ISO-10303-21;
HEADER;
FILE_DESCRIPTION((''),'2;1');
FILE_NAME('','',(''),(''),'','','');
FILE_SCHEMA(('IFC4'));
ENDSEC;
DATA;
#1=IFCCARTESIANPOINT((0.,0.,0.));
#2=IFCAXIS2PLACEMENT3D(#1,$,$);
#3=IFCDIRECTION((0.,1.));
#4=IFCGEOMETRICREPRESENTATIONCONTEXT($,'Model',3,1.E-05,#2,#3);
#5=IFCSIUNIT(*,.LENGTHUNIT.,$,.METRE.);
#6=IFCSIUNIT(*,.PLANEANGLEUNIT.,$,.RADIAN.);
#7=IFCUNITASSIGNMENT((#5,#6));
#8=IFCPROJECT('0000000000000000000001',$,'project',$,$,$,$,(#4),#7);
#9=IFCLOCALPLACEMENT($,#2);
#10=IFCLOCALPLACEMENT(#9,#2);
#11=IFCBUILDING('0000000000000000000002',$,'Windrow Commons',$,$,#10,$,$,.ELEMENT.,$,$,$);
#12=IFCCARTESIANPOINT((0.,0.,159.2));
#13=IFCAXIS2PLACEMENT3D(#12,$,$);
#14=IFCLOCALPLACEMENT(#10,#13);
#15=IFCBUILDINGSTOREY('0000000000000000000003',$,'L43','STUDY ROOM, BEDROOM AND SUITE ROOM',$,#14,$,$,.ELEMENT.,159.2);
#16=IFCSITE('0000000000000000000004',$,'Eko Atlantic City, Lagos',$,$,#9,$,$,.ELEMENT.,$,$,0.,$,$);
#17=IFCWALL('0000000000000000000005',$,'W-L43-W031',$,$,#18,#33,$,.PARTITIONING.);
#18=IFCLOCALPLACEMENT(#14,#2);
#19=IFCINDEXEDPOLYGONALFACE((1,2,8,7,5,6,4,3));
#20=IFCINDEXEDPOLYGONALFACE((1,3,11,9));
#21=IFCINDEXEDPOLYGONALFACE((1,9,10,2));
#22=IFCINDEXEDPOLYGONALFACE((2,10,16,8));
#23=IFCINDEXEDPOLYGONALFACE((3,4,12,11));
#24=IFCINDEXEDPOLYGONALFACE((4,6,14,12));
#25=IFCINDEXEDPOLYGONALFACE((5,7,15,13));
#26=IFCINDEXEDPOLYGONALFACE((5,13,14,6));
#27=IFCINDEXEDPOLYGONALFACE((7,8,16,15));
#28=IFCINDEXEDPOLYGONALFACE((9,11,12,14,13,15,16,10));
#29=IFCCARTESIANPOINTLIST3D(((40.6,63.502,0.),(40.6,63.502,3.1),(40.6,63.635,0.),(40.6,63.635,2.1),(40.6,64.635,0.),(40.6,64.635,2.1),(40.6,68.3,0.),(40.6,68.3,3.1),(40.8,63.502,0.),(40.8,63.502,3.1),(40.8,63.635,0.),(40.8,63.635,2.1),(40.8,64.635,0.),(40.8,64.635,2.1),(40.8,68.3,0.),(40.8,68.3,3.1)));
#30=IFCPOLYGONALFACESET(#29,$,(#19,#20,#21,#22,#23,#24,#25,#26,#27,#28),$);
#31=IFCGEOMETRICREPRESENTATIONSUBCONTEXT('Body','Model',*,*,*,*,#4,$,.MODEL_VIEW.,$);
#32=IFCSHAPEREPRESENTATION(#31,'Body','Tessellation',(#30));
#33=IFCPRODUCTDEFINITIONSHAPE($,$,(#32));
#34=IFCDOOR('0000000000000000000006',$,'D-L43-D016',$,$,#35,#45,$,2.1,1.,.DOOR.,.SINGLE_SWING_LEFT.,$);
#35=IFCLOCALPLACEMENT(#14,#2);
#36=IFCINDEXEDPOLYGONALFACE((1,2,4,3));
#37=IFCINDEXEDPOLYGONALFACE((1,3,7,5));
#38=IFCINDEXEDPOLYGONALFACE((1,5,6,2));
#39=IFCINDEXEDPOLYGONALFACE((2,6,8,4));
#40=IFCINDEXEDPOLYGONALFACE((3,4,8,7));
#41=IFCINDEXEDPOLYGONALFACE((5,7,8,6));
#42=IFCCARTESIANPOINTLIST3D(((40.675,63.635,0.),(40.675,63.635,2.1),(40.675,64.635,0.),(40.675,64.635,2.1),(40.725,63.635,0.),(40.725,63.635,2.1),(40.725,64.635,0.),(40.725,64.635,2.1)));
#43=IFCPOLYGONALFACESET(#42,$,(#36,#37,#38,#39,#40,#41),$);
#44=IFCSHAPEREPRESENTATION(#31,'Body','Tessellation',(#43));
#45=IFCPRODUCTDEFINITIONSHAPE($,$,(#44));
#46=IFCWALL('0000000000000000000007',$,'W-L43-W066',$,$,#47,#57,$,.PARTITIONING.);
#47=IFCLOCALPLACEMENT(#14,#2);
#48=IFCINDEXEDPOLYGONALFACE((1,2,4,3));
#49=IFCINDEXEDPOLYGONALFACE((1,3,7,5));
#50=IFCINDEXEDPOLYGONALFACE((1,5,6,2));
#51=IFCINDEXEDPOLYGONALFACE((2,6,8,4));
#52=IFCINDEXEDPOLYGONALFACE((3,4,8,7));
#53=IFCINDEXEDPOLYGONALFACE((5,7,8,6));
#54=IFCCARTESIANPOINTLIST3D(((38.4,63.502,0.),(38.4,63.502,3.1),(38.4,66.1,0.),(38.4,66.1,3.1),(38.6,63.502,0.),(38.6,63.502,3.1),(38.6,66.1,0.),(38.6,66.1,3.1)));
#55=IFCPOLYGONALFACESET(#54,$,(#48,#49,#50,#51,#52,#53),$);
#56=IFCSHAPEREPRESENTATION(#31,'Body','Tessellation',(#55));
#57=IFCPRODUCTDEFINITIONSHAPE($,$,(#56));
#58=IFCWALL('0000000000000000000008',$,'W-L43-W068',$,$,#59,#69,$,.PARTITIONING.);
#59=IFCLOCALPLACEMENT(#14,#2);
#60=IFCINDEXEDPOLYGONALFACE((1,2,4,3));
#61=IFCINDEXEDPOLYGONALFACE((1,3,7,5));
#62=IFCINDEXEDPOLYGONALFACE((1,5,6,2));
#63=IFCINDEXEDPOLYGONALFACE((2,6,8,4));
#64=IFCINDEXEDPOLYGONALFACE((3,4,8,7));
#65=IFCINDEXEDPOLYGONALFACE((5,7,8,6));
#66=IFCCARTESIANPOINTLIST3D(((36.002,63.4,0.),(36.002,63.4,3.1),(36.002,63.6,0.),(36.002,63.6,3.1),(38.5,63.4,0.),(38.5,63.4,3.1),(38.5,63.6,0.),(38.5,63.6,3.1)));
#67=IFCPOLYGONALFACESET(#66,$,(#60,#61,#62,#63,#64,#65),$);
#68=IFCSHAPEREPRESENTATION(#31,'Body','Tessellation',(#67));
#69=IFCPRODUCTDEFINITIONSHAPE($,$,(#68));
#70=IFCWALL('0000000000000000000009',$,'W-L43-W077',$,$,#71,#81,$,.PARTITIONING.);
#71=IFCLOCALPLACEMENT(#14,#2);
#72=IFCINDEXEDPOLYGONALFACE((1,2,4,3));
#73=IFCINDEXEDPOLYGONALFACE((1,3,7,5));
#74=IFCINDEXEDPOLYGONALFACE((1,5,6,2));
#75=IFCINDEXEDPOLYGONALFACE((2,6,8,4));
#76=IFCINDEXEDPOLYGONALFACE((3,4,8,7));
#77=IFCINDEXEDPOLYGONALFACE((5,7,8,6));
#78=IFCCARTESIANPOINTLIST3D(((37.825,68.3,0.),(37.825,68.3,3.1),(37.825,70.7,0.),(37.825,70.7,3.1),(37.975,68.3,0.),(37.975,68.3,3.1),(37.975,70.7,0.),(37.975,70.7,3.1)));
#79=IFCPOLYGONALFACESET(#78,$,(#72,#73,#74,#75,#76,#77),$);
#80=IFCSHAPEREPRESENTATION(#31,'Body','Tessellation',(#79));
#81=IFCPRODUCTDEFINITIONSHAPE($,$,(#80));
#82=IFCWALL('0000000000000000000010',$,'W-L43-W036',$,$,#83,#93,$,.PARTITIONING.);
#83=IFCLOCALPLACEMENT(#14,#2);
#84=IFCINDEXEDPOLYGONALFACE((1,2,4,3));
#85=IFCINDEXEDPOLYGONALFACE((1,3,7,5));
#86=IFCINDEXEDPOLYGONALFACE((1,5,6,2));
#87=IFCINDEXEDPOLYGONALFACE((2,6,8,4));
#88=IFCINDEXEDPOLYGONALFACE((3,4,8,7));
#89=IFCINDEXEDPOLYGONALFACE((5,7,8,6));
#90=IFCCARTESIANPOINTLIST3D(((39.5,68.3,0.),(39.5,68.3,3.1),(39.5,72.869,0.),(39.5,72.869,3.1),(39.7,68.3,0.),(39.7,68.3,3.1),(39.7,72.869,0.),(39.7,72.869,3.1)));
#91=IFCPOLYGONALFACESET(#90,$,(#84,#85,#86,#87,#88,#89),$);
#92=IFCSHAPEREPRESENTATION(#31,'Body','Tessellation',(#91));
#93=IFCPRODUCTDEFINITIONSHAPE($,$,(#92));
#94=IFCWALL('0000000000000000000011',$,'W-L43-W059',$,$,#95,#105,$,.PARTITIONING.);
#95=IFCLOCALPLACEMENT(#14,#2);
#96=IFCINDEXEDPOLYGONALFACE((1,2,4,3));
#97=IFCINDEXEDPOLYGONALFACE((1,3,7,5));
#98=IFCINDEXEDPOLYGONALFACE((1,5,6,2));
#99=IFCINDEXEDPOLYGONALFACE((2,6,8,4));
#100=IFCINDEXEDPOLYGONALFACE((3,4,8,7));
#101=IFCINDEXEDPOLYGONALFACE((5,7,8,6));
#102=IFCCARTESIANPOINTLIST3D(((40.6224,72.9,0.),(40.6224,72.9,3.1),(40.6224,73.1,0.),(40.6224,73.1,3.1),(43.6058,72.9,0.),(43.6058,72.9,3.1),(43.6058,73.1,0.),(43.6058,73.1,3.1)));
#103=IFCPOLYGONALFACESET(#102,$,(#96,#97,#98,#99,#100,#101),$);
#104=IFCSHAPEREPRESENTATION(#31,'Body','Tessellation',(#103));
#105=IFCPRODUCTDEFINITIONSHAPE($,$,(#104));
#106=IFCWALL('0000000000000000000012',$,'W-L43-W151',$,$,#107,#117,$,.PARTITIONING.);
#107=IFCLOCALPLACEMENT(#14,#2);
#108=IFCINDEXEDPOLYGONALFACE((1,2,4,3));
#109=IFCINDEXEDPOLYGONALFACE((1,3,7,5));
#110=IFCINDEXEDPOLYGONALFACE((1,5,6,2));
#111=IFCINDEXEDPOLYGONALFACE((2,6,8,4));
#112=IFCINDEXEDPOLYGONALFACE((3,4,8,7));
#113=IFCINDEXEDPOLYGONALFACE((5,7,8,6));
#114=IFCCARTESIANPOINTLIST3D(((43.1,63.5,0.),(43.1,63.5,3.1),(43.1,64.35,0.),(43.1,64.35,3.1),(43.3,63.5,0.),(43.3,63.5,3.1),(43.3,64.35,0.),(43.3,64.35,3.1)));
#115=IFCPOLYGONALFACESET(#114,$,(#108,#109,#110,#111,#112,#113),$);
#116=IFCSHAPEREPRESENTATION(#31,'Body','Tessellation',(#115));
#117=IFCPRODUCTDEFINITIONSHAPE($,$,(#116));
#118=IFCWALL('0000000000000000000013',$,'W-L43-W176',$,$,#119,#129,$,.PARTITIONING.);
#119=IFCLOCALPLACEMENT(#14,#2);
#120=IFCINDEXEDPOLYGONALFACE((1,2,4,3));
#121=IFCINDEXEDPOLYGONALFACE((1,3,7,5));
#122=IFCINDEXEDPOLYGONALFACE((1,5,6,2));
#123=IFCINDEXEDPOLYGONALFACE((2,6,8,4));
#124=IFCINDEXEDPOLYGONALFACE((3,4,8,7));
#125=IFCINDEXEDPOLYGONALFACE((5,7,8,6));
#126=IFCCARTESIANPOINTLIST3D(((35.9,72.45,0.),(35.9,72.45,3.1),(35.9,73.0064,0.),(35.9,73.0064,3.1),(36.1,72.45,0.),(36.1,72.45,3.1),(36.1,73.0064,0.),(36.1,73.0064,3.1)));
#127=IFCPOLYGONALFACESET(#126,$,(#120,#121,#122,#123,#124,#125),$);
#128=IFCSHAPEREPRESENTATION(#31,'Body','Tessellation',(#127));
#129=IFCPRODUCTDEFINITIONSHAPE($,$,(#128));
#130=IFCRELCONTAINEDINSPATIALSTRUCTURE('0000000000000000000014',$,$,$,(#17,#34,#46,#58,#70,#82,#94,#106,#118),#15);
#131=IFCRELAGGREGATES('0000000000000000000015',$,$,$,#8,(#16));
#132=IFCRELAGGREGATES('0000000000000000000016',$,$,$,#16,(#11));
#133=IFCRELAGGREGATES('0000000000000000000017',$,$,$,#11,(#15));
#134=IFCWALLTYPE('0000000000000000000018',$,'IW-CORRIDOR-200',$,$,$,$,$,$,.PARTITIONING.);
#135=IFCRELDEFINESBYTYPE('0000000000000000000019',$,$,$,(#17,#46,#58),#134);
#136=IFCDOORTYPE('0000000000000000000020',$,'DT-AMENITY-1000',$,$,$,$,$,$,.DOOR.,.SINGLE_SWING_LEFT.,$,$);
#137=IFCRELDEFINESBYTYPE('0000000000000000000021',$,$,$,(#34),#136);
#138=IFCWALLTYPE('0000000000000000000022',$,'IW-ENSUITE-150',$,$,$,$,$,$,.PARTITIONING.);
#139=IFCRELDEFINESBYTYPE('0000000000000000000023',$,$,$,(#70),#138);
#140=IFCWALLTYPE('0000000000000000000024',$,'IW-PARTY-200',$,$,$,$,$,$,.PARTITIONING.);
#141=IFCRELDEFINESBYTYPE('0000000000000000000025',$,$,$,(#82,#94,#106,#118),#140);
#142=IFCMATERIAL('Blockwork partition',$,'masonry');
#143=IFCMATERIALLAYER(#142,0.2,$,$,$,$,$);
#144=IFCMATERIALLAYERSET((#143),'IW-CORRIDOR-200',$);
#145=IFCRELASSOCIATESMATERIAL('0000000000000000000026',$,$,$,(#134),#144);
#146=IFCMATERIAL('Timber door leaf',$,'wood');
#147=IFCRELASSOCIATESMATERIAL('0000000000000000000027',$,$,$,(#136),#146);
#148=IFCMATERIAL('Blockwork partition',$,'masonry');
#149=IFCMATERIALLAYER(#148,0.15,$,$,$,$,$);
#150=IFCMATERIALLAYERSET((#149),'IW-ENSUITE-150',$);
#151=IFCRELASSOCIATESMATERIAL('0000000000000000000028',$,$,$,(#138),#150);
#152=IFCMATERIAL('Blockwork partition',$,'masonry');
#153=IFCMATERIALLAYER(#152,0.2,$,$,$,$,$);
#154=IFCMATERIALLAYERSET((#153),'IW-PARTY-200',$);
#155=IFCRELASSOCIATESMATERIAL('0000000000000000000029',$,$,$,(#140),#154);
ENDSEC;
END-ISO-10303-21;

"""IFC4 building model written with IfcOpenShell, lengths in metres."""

from ifc_helpers import new_model, si_unit, direction, frame, frame_2d, origin, place, context, subcontext, project, spatial, rectangle, extrude, material, layer, layer_set, type_object, element, fill, save


model = new_model("IFC4")

# Units and contexts
model_context = context("Model", 3, precision=1e-05, world=origin(), true_north=direction((0.0, 1.0)))
body_context = subcontext(model_context, "Body", "Model", "MODEL_VIEW")
ifc_project = project(units=[si_unit("LENGTHUNIT", "METRE"), si_unit("PLANEANGLEUNIT", "RADIAN")], contexts=[model_context])

# Site, building, storey
site_placement = place(None, origin())
site = spatial("IfcSite", under=ifc_project, at=site_placement, Name="Eko Atlantic City, Lagos", CompositionType="ELEMENT", RefElevation=0.0)
building_placement = place(site_placement, origin())
building = spatial("IfcBuilding", under=site, at=building_placement, Name="Windrow Commons", CompositionType="ELEMENT")
storey_placement = place(building_placement, frame((0.0, 0.0, 159.2)))
storey = spatial("IfcBuildingStorey", under=building, at=storey_placement, Name="L43", Description="STUDY ROOM, BEDROOM AND SUITE ROOM", CompositionType="ELEMENT", Elevation=159.2)

# Shared definitions
ifc_material_1 = material(Name="Blockwork partition", Category="masonry")
ifc_layer_1 = layer(ifc_material_1, 0.2)
ifc_layer_set_1 = layer_set([ifc_layer_1], Name="IW-CORRIDOR-200")
wall_type_1 = type_object("IfcWallType", Name="IW-CORRIDOR-200", PredefinedType="PARTITIONING", material=ifc_layer_set_1)

# Wall, opening, door
wall_1_placement = place(storey_placement, frame((40.7, 63.502, 0.0), z_axis=(0.0, 0.0, 1.0), x_axis=(0.0, 1.0, 0.0)))
wall_1 = element("IfcWall", 1, at=wall_1_placement, inside=storey, type_object=wall_type_1, Name="W-L43-W031", PredefinedType="PARTITIONING", context=body_context, shape_type="SweptSolid", body=[
    extrude(rectangle(XDim=4.798, YDim=0.2, at=frame_2d((2.399, 0.0))), origin(), (0.0, 0.0, 1.0), 3.1),
])
opening_1_placement = place(wall_1_placement, frame((0.133, 0.0, 0.0)))
opening_1 = element("IfcOpeningElement", 2, at=opening_1_placement, cuts=wall_1, PredefinedType="OPENING", context=body_context, shape_type="SweptSolid", body=[
    extrude(rectangle(XDim=1.0, YDim=2.1, at=frame_2d((0.5, 1.05))), frame((0.0, 0.11, 0.0), z_axis=(0.0, -1.0, 0.0), x_axis=(1.0, 0.0, 0.0)), (0.0, 0.0, 1.0), 0.22),
])
ifc_material_2 = material(Name="Timber door leaf", Category="wood")
door_type_1 = type_object("IfcDoorType", Name="DT-AMENITY-1000", OperationType="SINGLE_SWING_LEFT", PredefinedType="DOOR", material=ifc_material_2)
door_1_placement = place(opening_1_placement, origin())
door_1 = element("IfcDoor", 3, at=door_1_placement, inside=storey, type_object=door_type_1, Name="D-L43-D016", OperationType="SINGLE_SWING_LEFT", OverallHeight=2.1, OverallWidth=1.0, PredefinedType="DOOR", context=body_context, shape_type="SweptSolid", body=[
    extrude(rectangle(XDim=1.0, YDim=2.1, at=frame_2d((0.5, 1.05))), frame((0.0, 0.025, 0.0), z_axis=(0.0, -1.0, 0.0), x_axis=(1.0, 0.0, 0.0)), (0.0, 0.0, 1.0), 0.05),
])
fill(opening_1, door_1)

# Walls
wall_2_placement = place(storey_placement, frame((38.5, 63.502, 0.0), z_axis=(0.0, 0.0, 1.0), x_axis=(0.0, 1.0, 0.0)))
element("IfcWall", 4, at=wall_2_placement, inside=storey, type_object=wall_type_1, Name="W-L43-W066", PredefinedType="PARTITIONING", context=body_context, shape_type="SweptSolid", body=[
    extrude(rectangle(XDim=2.598, YDim=0.2, at=frame_2d((1.299, 0.0))), origin(), (0.0, 0.0, 1.0), 3.1),
])
wall_3_placement = place(storey_placement, frame((36.002, 63.5, 0.0), z_axis=(0.0, 0.0, 1.0), x_axis=(1.0, 0.0, 0.0)))
element("IfcWall", 5, at=wall_3_placement, inside=storey, type_object=wall_type_1, Name="W-L43-W068", PredefinedType="PARTITIONING", context=body_context, shape_type="SweptSolid", body=[
    extrude(rectangle(XDim=2.498, YDim=0.2, at=frame_2d((1.249, 0.0))), origin(), (0.0, 0.0, 1.0), 3.1),
])
ifc_material_3 = material(Name="Blockwork partition", Category="masonry")
ifc_layer_2 = layer(ifc_material_3, 0.15)
ifc_layer_set_2 = layer_set([ifc_layer_2], Name="IW-ENSUITE-150")
wall_type_2 = type_object("IfcWallType", Name="IW-ENSUITE-150", PredefinedType="PARTITIONING", material=ifc_layer_set_2)
wall_4_placement = place(storey_placement, frame((37.9, 68.3, 0.0), z_axis=(0.0, 0.0, 1.0), x_axis=(0.0, 1.0, 0.0)))
element("IfcWall", 6, at=wall_4_placement, inside=storey, type_object=wall_type_2, Name="W-L43-W077", PredefinedType="PARTITIONING", context=body_context, shape_type="SweptSolid", body=[
    extrude(rectangle(XDim=2.4, YDim=0.15, at=frame_2d((1.2, 0.0))), origin(), (0.0, 0.0, 1.0), 3.1),
])
ifc_material_4 = material(Name="Blockwork partition", Category="masonry")
ifc_layer_3 = layer(ifc_material_4, 0.2)
ifc_layer_set_3 = layer_set([ifc_layer_3], Name="IW-PARTY-200")
wall_type_3 = type_object("IfcWallType", Name="IW-PARTY-200", PredefinedType="PARTITIONING", material=ifc_layer_set_3)
wall_5_placement = place(storey_placement, frame((39.6, 68.3, 0.0), z_axis=(0.0, 0.0, 1.0), x_axis=(0.0, 1.0, 0.0)))
element("IfcWall", 7, at=wall_5_placement, inside=storey, type_object=wall_type_3, Name="W-L43-W036", PredefinedType="PARTITIONING", context=body_context, shape_type="SweptSolid", body=[
    extrude(rectangle(XDim=4.5691, YDim=0.2, at=frame_2d((2.2845, 0.0))), origin(), (0.0, 0.0, 1.0), 3.1),
])
wall_6_placement = place(storey_placement, frame((40.6224, 73.0, 0.0), z_axis=(0.0, 0.0, 1.0), x_axis=(1.0, 0.0, 0.0)))
element("IfcWall", 8, at=wall_6_placement, inside=storey, type_object=wall_type_3, Name="W-L43-W059", PredefinedType="PARTITIONING", context=body_context, shape_type="SweptSolid", body=[
    extrude(rectangle(XDim=2.9835, YDim=0.2, at=frame_2d((1.4917, 0.0))), origin(), (0.0, 0.0, 1.0), 3.1),
])
wall_7_placement = place(storey_placement, frame((43.2, 63.5, 0.0), z_axis=(0.0, 0.0, 1.0), x_axis=(0.0, 1.0, 0.0)))
element("IfcWall", 9, at=wall_7_placement, inside=storey, type_object=wall_type_3, Name="W-L43-W151", PredefinedType="PARTITIONING", context=body_context, shape_type="SweptSolid", body=[
    extrude(rectangle(XDim=0.85, YDim=0.2, at=frame_2d((0.425, 0.0))), origin(), (0.0, 0.0, 1.0), 3.1),
])
wall_8_placement = place(storey_placement, frame((36.0, 72.45, 0.0), z_axis=(0.0, 0.0, 1.0), x_axis=(0.0, 1.0, 0.0)))
element("IfcWall", 10, at=wall_8_placement, inside=storey, type_object=wall_type_3, Name="W-L43-W176", PredefinedType="PARTITIONING", context=body_context, shape_type="SweptSolid", body=[
    extrude(rectangle(XDim=0.5563, YDim=0.2, at=frame_2d((0.2782, 0.0))), origin(), (0.0, 0.0, 1.0), 3.1),
])

save(model, "model.ifc")
